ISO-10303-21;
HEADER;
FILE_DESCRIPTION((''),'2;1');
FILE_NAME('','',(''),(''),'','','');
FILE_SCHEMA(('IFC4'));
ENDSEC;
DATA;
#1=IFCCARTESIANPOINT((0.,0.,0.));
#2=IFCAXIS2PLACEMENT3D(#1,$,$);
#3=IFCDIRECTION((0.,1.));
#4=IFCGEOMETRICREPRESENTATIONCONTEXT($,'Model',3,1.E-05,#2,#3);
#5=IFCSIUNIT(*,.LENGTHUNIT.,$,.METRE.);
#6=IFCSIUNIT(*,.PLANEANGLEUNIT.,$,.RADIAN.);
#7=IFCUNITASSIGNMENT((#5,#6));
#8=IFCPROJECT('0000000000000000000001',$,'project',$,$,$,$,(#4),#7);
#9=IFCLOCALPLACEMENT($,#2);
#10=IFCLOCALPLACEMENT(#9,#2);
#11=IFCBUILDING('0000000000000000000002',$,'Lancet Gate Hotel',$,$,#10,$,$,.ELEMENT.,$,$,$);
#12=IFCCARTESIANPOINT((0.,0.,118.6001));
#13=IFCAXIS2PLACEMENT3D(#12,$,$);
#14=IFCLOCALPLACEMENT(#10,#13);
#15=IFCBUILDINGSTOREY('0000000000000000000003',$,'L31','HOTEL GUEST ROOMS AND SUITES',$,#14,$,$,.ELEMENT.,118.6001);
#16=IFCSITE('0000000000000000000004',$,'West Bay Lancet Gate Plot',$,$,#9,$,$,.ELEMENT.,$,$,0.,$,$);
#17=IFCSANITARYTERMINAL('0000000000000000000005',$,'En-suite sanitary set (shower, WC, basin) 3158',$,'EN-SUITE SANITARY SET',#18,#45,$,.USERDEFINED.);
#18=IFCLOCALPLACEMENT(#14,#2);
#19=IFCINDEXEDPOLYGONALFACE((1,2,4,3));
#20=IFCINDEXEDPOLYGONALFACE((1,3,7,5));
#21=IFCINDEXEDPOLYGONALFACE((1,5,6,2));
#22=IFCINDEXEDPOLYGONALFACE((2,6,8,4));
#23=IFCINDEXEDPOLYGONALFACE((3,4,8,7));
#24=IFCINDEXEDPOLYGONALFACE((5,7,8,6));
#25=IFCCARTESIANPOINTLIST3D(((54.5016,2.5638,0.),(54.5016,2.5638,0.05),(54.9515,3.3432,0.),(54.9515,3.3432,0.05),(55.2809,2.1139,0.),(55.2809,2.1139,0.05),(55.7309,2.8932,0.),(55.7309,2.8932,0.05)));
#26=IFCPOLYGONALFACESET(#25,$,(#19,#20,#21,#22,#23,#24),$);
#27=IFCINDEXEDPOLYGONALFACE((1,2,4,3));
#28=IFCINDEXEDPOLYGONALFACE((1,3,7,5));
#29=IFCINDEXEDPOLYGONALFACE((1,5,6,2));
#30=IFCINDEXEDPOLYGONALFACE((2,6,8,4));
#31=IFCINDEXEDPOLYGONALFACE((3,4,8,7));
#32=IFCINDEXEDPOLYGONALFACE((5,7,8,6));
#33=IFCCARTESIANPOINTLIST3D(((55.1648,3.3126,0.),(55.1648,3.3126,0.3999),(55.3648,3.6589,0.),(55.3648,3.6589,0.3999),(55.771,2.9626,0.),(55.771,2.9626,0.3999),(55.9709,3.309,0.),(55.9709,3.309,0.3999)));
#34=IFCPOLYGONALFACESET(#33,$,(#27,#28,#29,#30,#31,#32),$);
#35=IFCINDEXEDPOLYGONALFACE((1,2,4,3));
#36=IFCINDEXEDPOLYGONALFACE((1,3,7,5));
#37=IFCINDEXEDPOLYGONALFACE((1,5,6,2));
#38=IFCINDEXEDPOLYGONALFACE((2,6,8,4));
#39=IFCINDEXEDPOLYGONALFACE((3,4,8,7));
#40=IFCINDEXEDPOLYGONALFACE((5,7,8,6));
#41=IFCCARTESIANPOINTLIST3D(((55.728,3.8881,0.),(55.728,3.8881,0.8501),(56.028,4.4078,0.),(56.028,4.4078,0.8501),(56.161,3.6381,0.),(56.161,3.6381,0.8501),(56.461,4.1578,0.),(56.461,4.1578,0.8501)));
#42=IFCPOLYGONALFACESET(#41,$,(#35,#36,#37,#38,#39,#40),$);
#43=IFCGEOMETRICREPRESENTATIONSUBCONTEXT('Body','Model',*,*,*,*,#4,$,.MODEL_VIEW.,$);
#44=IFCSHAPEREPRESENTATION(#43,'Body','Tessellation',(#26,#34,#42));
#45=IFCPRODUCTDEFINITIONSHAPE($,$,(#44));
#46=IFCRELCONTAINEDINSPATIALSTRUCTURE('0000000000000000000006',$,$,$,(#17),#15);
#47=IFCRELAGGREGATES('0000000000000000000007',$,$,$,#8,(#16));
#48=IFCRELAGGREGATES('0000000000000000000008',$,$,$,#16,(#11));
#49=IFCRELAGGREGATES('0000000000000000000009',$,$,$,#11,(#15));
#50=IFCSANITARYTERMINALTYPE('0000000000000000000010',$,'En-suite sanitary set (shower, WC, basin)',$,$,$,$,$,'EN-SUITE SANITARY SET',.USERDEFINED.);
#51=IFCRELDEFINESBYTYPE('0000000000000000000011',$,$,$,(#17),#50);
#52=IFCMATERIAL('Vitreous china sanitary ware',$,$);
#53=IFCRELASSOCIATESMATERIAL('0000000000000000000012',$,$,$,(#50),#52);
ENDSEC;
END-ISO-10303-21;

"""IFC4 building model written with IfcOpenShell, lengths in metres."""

from ifc_helpers import new_model, si_unit, direction, frame, origin, origin_2d, place, context, subcontext, project, spatial, rectangle, extrude, material, type_object, element, save


model = new_model("IFC4")

# Units and contexts
model_context = context("Model", 3, precision=1e-05, world=origin(), true_north=direction((0.0, 1.0)))
body_context = subcontext(model_context, "Body", "Model", "MODEL_VIEW")
ifc_project = project(units=[si_unit("LENGTHUNIT", "METRE"), si_unit("PLANEANGLEUNIT", "RADIAN")], contexts=[model_context])

# Site, building, storey
site_placement = place(None, origin())
site = spatial("IfcSite", under=ifc_project, at=site_placement, Name="West Bay Lancet Gate Plot", CompositionType="ELEMENT", RefElevation=0.0)
building_placement = place(site_placement, origin())
building = spatial("IfcBuilding", under=site, at=building_placement, Name="Lancet Gate Hotel", CompositionType="ELEMENT")
storey_placement = place(building_placement, frame((0.0, 0.0, 118.6001)))
storey = spatial("IfcBuildingStorey", under=building, at=storey_placement, Name="L31", Description="HOTEL GUEST ROOMS AND SUITES", CompositionType="ELEMENT", Elevation=118.6001)

# Sanitary terminal
ifc_material_1 = material(Name="Vitreous china sanitary ware")
sanitary_terminal_type = type_object("IfcSanitaryTerminalType", Name="En-suite sanitary set (shower, WC, basin)", ElementType="EN-SUITE SANITARY SET", PredefinedType="USERDEFINED", material=ifc_material_1)
sanitary_terminal_placement = place(storey_placement, frame((55.1162, 2.7285, 0.0), z_axis=(0.0, 0.0, 1.0), x_axis=(1.0, 0.0, 0.0)))
element("IfcSanitaryTerminal", 1, at=sanitary_terminal_placement, inside=storey, type_object=sanitary_terminal_type, Name="En-suite sanitary set (shower, WC, basin) 3158", ObjectType="EN-SUITE SANITARY SET", PredefinedType="USERDEFINED", context=body_context, shape_type="SweptSolid", body=[
    extrude(rectangle(XDim=0.8999, YDim=0.8999, at=origin_2d()), frame((0.0, 0.0, 0.0), z_axis=(0.0, 0.0, 1.0), x_axis=(-0.5, -0.866025, 0.0)), (0.0, 0.0, 1.0), 0.05),
    extrude(rectangle(XDim=0.3999, YDim=0.7, at=origin_2d()), frame((0.4517, 0.5823, 0.0), z_axis=(0.0, 0.0, 1.0), x_axis=(-0.5, -0.866025, 0.0)), (0.0, 0.0, 1.0), 0.3999),
    extrude(rectangle(XDim=0.6001, YDim=0.5, at=origin_2d()), frame((0.9783, 1.2944, 0.0), z_axis=(0.0, 0.0, 1.0), x_axis=(-0.5, -0.866025, 0.0)), (0.0, 0.0, 1.0), 0.8501),
])

save(model, "model.ifc")
